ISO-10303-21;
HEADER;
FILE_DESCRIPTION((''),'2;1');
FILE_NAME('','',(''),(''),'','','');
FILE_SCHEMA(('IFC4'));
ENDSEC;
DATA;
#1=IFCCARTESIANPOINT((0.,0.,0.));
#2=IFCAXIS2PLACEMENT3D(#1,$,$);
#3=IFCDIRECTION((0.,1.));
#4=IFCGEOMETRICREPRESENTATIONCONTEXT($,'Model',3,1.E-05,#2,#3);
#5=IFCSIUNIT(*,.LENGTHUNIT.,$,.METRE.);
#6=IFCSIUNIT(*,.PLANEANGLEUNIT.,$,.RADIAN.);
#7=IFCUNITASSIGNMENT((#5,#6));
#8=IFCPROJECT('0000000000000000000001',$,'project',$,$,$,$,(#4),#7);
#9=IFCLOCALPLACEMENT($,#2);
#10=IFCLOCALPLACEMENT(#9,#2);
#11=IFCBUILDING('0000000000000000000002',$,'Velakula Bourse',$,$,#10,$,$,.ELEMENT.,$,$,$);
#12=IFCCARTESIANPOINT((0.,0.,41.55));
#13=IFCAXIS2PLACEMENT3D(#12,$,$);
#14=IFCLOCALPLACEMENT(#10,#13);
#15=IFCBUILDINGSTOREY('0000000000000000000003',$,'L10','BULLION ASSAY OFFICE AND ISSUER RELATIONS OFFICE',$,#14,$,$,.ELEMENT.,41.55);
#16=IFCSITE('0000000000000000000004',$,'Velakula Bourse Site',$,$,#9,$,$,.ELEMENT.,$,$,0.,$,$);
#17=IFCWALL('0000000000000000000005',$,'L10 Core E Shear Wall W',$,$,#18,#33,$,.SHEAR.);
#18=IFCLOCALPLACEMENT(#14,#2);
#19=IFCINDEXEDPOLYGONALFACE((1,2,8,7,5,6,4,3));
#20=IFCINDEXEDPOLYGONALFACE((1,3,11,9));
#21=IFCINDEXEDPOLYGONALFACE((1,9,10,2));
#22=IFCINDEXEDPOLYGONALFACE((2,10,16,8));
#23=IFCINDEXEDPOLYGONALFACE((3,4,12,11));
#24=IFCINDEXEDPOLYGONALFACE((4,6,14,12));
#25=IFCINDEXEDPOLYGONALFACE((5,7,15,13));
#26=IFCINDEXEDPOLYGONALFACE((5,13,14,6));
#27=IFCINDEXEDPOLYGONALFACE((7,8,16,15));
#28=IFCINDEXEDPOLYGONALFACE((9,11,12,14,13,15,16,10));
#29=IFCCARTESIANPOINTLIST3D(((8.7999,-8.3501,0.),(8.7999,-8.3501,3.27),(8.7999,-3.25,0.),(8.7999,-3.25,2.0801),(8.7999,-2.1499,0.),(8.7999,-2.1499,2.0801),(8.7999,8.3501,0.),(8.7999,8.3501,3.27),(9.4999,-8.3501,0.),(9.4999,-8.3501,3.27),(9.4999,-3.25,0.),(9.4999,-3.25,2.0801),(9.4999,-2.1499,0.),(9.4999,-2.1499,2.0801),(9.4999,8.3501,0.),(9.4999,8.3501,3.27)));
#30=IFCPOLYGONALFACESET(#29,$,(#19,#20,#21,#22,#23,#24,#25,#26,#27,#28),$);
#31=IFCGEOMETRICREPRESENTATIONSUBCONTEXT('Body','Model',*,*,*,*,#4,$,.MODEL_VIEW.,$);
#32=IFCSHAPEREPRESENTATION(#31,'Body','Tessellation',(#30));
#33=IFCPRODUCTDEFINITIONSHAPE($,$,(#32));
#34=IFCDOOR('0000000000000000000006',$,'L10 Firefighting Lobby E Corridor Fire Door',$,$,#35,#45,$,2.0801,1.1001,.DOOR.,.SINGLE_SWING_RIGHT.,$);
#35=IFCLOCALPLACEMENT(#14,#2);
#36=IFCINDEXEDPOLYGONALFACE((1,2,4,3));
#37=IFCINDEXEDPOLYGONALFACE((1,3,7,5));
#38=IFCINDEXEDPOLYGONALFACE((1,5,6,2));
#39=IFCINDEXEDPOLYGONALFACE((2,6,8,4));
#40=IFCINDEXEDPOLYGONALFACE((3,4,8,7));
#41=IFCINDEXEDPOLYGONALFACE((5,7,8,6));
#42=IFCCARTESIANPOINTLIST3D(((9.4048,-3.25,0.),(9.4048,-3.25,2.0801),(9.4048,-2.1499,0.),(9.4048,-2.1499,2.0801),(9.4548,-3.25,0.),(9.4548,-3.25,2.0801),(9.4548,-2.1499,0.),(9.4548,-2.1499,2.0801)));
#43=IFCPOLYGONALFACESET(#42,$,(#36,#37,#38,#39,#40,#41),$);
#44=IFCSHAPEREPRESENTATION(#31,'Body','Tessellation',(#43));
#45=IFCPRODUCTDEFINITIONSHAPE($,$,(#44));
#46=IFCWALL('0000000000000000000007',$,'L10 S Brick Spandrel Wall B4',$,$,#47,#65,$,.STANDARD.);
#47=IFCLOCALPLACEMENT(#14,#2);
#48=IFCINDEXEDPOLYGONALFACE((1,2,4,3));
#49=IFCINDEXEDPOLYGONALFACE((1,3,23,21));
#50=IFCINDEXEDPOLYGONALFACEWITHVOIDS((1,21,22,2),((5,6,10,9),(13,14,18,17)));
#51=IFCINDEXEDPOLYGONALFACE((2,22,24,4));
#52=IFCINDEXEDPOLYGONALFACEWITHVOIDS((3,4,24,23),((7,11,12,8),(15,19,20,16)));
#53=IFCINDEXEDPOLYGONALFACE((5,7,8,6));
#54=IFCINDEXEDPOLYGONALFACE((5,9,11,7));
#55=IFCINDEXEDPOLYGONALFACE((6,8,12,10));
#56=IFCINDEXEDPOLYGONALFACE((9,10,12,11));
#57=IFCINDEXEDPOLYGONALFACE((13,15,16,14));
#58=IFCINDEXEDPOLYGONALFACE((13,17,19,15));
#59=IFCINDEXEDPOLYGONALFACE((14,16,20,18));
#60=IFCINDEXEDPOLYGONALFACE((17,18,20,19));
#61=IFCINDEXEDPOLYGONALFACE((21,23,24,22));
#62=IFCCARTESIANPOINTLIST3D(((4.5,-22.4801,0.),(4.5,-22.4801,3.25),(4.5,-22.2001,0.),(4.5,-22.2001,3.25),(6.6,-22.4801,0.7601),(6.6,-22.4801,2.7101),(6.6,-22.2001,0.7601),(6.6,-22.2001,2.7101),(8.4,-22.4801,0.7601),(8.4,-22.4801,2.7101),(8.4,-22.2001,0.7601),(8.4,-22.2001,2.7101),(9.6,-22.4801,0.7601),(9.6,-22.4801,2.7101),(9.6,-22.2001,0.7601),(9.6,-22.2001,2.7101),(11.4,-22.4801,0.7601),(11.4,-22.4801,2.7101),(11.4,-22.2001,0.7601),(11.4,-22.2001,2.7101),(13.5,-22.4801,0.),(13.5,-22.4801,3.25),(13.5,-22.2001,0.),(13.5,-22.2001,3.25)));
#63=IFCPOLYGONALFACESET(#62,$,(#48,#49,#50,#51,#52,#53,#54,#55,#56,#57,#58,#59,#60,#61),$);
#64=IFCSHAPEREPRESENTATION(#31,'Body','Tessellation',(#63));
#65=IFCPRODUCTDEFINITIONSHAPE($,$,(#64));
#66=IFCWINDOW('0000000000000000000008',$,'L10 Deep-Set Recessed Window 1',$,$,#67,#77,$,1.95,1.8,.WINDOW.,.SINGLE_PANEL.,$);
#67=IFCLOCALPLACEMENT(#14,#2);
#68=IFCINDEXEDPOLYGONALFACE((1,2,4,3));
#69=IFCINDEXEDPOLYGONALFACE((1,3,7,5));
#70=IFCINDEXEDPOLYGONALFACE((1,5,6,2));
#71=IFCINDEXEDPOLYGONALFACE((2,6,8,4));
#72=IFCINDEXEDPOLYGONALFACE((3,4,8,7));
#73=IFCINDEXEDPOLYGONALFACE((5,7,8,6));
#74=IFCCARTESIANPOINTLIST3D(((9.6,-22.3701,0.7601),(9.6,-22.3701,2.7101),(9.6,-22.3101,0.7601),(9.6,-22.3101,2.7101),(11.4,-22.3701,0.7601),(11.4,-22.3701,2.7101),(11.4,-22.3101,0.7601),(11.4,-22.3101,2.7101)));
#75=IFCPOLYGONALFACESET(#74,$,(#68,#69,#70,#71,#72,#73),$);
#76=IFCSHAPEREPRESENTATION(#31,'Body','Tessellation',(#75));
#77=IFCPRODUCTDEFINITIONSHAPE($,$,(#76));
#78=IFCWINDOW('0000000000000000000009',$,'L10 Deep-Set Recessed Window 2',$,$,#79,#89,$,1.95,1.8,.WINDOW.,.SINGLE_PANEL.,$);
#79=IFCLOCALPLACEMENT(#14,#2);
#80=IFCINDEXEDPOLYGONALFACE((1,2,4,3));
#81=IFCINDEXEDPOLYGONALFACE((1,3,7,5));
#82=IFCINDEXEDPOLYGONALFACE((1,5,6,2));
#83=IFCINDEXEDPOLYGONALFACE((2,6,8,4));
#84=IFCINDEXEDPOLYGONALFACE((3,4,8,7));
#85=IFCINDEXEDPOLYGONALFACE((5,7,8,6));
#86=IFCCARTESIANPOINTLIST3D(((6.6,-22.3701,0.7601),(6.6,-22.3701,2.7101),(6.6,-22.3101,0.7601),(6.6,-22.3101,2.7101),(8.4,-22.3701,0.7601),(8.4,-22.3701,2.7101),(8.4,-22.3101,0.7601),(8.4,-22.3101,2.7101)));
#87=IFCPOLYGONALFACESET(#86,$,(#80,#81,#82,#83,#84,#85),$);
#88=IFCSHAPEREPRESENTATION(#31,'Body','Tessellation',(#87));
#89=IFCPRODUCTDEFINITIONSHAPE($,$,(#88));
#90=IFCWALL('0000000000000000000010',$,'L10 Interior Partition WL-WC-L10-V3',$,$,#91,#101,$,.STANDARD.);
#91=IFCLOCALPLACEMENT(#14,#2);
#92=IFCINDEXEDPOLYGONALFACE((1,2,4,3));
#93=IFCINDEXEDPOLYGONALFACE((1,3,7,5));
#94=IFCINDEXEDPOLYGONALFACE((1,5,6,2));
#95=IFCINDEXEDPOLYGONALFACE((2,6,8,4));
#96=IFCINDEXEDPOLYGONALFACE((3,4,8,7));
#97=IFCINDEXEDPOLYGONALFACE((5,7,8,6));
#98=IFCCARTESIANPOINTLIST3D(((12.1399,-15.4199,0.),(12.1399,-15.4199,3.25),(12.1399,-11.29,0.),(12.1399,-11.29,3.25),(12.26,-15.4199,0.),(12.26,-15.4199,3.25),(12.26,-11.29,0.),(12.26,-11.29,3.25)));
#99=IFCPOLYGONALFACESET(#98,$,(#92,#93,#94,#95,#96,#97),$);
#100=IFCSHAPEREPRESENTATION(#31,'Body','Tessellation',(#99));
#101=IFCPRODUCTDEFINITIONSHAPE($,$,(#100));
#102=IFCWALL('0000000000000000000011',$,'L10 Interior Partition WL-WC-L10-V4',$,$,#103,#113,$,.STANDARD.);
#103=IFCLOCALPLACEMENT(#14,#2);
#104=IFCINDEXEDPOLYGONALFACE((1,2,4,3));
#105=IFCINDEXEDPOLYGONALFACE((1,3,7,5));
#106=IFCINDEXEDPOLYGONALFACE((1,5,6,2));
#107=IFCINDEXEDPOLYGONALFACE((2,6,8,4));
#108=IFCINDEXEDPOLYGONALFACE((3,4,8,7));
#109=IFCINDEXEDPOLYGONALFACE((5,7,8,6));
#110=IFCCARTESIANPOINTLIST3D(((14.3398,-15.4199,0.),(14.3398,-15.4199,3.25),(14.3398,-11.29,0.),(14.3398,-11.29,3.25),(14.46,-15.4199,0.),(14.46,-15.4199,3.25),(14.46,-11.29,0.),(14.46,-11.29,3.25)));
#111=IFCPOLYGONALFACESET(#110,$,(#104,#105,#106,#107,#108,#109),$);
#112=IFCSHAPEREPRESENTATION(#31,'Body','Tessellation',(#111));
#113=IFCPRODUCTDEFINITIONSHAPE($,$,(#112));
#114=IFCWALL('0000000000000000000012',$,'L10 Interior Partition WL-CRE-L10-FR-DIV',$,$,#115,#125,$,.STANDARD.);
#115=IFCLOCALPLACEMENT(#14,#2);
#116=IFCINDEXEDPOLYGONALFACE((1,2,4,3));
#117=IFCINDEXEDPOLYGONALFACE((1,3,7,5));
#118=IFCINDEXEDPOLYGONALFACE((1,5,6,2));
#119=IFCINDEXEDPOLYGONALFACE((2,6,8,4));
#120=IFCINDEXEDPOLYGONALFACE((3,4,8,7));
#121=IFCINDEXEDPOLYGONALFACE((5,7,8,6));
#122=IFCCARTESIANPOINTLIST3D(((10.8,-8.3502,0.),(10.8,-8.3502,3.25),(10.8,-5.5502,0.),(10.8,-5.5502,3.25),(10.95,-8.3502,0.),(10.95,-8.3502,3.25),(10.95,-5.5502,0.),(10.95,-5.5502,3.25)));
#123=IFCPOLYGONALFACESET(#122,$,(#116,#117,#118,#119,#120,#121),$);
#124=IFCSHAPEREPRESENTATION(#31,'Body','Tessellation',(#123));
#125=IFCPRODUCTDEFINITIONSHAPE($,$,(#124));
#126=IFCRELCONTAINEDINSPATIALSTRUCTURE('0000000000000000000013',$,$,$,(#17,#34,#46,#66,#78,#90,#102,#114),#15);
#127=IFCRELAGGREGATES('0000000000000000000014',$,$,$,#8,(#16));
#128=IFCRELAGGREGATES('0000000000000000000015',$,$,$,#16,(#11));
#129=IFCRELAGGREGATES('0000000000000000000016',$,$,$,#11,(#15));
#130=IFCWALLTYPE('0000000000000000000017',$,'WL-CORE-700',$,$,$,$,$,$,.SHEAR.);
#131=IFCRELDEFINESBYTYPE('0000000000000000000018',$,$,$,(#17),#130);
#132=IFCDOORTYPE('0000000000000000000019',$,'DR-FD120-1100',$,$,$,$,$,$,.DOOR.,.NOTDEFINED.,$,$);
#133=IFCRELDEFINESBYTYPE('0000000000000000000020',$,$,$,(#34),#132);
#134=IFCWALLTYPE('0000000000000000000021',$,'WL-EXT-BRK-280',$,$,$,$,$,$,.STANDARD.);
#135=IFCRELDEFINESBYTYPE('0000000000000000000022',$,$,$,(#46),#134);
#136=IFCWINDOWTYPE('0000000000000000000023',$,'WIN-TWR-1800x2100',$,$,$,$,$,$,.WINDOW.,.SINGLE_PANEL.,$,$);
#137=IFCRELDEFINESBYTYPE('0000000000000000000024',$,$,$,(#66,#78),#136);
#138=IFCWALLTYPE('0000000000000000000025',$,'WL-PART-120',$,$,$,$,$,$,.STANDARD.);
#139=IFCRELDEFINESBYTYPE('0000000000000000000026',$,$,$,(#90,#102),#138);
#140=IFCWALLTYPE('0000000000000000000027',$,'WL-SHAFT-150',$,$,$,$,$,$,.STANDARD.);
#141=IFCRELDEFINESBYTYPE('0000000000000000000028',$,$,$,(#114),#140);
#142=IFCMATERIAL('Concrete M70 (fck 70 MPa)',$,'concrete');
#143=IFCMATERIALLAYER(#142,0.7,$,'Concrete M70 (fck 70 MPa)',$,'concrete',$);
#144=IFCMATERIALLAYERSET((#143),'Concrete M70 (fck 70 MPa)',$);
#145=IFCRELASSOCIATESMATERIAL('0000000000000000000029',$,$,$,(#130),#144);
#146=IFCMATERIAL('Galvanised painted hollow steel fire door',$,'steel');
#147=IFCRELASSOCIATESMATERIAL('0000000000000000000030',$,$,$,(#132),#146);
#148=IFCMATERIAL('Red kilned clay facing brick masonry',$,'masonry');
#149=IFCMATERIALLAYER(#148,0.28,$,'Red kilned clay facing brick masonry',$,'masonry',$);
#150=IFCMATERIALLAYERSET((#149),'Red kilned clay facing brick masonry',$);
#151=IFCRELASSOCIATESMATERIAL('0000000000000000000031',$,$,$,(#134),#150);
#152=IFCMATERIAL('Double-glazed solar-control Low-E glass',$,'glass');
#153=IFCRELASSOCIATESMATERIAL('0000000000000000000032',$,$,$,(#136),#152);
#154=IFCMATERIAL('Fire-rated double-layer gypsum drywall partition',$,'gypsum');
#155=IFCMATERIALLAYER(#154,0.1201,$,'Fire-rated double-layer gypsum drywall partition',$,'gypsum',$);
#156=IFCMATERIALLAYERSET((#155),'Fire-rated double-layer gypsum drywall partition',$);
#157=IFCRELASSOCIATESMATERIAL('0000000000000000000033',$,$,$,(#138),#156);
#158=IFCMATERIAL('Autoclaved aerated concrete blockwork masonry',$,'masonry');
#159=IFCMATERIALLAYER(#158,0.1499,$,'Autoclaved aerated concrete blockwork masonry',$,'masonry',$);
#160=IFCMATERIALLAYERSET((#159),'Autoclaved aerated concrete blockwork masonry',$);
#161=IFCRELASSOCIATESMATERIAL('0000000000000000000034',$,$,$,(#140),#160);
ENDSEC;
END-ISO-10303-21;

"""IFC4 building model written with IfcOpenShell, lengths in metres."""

from ifc_helpers import new_model, si_unit, direction, frame, frame_2d, origin, place, context, subcontext, project, spatial, rectangle, extrude, material, layer, layer_set, type_object, element, fill, save


model = new_model("IFC4")

# Units and contexts
model_context = context("Model", 3, precision=1e-05, world=origin(), true_north=direction((0.0, 1.0)))
body_context = subcontext(model_context, "Body", "Model", "MODEL_VIEW")
ifc_project = project(units=[si_unit("LENGTHUNIT", "METRE"), si_unit("PLANEANGLEUNIT", "RADIAN")], contexts=[model_context])

# Site, building, storey
site_placement = place(None, origin())
site = spatial("IfcSite", under=ifc_project, at=site_placement, Name="Velakula Bourse Site", CompositionType="ELEMENT", RefElevation=0.0)
building_placement = place(site_placement, origin())
building = spatial("IfcBuilding", under=site, at=building_placement, Name="Velakula Bourse", CompositionType="ELEMENT")
storey_placement = place(building_placement, frame((0.0, 0.0, 41.55)))
storey = spatial("IfcBuildingStorey", under=building, at=storey_placement, Name="L10", Description="BULLION ASSAY OFFICE AND ISSUER RELATIONS OFFICE", CompositionType="ELEMENT", Elevation=41.55)

# Shared definitions
ifc_material_1 = material(Name="Galvanised painted hollow steel fire door", Category="steel")

# Wall, opening, door
ifc_material_2 = material(Name="Concrete M70 (fck 70 MPa)", Category="concrete")
ifc_layer_1 = layer(ifc_material_2, 0.7, Name="Concrete M70 (fck 70 MPa)", Category="concrete")
ifc_layer_set_1 = layer_set([ifc_layer_1], Name="Concrete M70 (fck 70 MPa)")
wall_type_1 = type_object("IfcWallType", Name="WL-CORE-700", PredefinedType="SHEAR", material=ifc_layer_set_1)
wall_1_placement = place(storey_placement, frame((9.1499, -8.3501, 0.0), z_axis=(0.0, 0.0, 1.0), x_axis=(0.0, 1.0, 0.0)))
wall_1 = element("IfcWall", 1, at=wall_1_placement, inside=storey, type_object=wall_type_1, Name="L10 Core E Shear Wall W", PredefinedType="SHEAR", context=body_context, shape_type="SweptSolid", body=[
    extrude(rectangle(XDim=16.7002, YDim=0.7, at=frame_2d((8.3501, 0.0))), origin(), (0.0, 0.0, 1.0), 3.27),
])
opening_1_placement = place(wall_1_placement, frame((5.1001, 0.0, 0.0)))
opening_1 = element("IfcOpeningElement", 2, at=opening_1_placement, cuts=wall_1, PredefinedType="OPENING", context=body_context, shape_type="SweptSolid", body=[
    extrude(rectangle(XDim=1.1001, YDim=2.0801, at=frame_2d((0.55, 1.04))), frame((0.0, 0.3599, 0.0), z_axis=(0.0, -1.0, 0.0), x_axis=(1.0, 0.0, 0.0)), (0.0, 0.0, 1.0), 0.72),
])
door_type_1 = type_object("IfcDoorType", Name="DR-FD120-1100", OperationType="NOTDEFINED", PredefinedType="DOOR", material=ifc_material_1)
door_1_placement = place(opening_1_placement, origin())
door_1 = element("IfcDoor", 3, at=door_1_placement, inside=storey, type_object=door_type_1, Name="L10 Firefighting Lobby E Corridor Fire Door", OperationType="SINGLE_SWING_RIGHT", OverallHeight=2.0801, OverallWidth=1.1001, PredefinedType="DOOR", context=body_context, shape_type="SweptSolid", body=[
    extrude(rectangle(XDim=1.1001, YDim=2.0801, at=frame_2d((0.55, 1.04))), frame((0.0, -0.2549, 0.0), z_axis=(0.0, -1.0, 0.0), x_axis=(1.0, 0.0, 0.0)), (0.0, 0.0, 1.0), 0.05),
])
fill(opening_1, door_1)

# Wall, openings, windows
ifc_material_3 = material(Name="Red kilned clay facing brick masonry", Category="masonry")
ifc_layer_2 = layer(ifc_material_3, 0.28, Name="Red kilned clay facing brick masonry", Category="masonry")
ifc_layer_set_2 = layer_set([ifc_layer_2], Name="Red kilned clay facing brick masonry")
wall_type_2 = type_object("IfcWallType", Name="WL-EXT-BRK-280", PredefinedType="STANDARD", material=ifc_layer_set_2)
wall_2_placement = place(storey_placement, frame((13.5, -22.3401, 0.0), z_axis=(0.0, 0.0, 1.0), x_axis=(-1.0, 0.0, 0.0)))
wall_2 = element("IfcWall", 4, at=wall_2_placement, inside=storey, type_object=wall_type_2, Name="L10 S Brick Spandrel Wall B4", PredefinedType="STANDARD", context=body_context, shape_type="SweptSolid", body=[
    extrude(rectangle(XDim=9.0, YDim=0.28, at=frame_2d((4.5, 0.0))), origin(), (0.0, 0.0, 1.0), 3.25),
])
opening_2_placement = place(wall_2_placement, frame((2.1001, 0.0, 0.76)))
opening_2 = element("IfcOpeningElement", 5, at=opening_2_placement, cuts=wall_2, PredefinedType="OPENING", context=body_context, shape_type="SweptSolid", body=[
    extrude(rectangle(XDim=1.8, YDim=1.95, at=frame_2d((0.8999, 0.9751))), frame((0.0, 0.1499, 0.0), z_axis=(0.0, -1.0, 0.0), x_axis=(1.0, 0.0, 0.0)), (0.0, 0.0, 1.0), 0.3),
])
opening_3_placement = place(wall_2_placement, frame((5.1001, 0.0, 0.76)))
opening_3 = element("IfcOpeningElement", 6, at=opening_3_placement, cuts=wall_2, PredefinedType="OPENING", context=body_context, shape_type="SweptSolid", body=[
    extrude(rectangle(XDim=1.8, YDim=1.95, at=frame_2d((0.8999, 0.9751))), frame((0.0, 0.1499, 0.0), z_axis=(0.0, -1.0, 0.0), x_axis=(1.0, 0.0, 0.0)), (0.0, 0.0, 1.0), 0.3),
])
ifc_material_4 = material(Name="Double-glazed solar-control Low-E glass", Category="glass")
window_type = type_object("IfcWindowType", Name="WIN-TWR-1800x2100", PartitioningType="SINGLE_PANEL", PredefinedType="WINDOW", material=ifc_material_4)
window_1_placement = place(opening_2_placement, origin())
window_1 = element("IfcWindow", 7, at=window_1_placement, inside=storey, type_object=window_type, Name="L10 Deep-Set Recessed Window 1", OverallHeight=1.95, OverallWidth=1.8, PartitioningType="SINGLE_PANEL", PredefinedType="WINDOW", context=body_context, shape_type="SweptSolid", body=[
    extrude(rectangle(XDim=1.8, YDim=1.95, at=frame_2d((0.8999, 0.9751))), frame((0.0, 0.03, 0.0), z_axis=(0.0, -1.0, 0.0), x_axis=(1.0, 0.0, 0.0)), (0.0, 0.0, 1.0), 0.0601),
])
fill(opening_2, window_1)
window_2_placement = place(opening_3_placement, origin())
window_2 = element("IfcWindow", 8, at=window_2_placement, inside=storey, type_object=window_type, Name="L10 Deep-Set Recessed Window 2", OverallHeight=1.95, OverallWidth=1.8, PartitioningType="SINGLE_PANEL", PredefinedType="WINDOW", context=body_context, shape_type="SweptSolid", body=[
    extrude(rectangle(XDim=1.8, YDim=1.95, at=frame_2d((0.8999, 0.9751))), frame((0.0, 0.03, 0.0), z_axis=(0.0, -1.0, 0.0), x_axis=(1.0, 0.0, 0.0)), (0.0, 0.0, 1.0), 0.0601),
])
fill(opening_3, window_2)

# Walls
ifc_material_5 = material(Name="Fire-rated double-layer gypsum drywall partition", Category="gypsum")
ifc_layer_3 = layer(ifc_material_5, 0.1201, Name="Fire-rated double-layer gypsum drywall partition", Category="gypsum")
ifc_layer_set_3 = layer_set([ifc_layer_3], Name="Fire-rated double-layer gypsum drywall partition")
wall_type_3 = type_object("IfcWallType", Name="WL-PART-120", PredefinedType="STANDARD", material=ifc_layer_set_3)
for number, where, z_axis, x_axis, name in (
    (9, (12.2, -15.4199, 0.0), (0.0, 0.0, 1.0), (0.0, 1.0, 0.0), "L10 Interior Partition WL-WC-L10-V3"),
    (10, (14.3999, -15.4199, 0.0), (0.0, 0.0, 1.0), (0.0, 1.0, 0.0), "L10 Interior Partition WL-WC-L10-V4"),
):
    element("IfcWall", number, at=place(storey_placement, frame(where, z_axis=z_axis, x_axis=x_axis)), inside=storey, type_object=wall_type_3, Name=name, PredefinedType="STANDARD", context=body_context, shape_type="SweptSolid", body=[
        extrude(rectangle(XDim=4.1299, YDim=0.1201, at=frame_2d((2.0649, 0.0))), origin(), (0.0, 0.0, 1.0), 3.25),
    ])

# Shared definitions
ifc_material_6 = material(Name="Autoclaved aerated concrete blockwork masonry", Category="masonry")
ifc_layer_4 = layer(ifc_material_6, 0.1499, Name="Autoclaved aerated concrete blockwork masonry", Category="masonry")
ifc_layer_set_4 = layer_set([ifc_layer_4], Name="Autoclaved aerated concrete blockwork masonry")
wall_type_4 = type_object("IfcWallType", Name="WL-SHAFT-150", PredefinedType="STANDARD", material=ifc_layer_set_4)

# Wall
wall_3_placement = place(storey_placement, frame((10.875, -8.3501, 0.0), z_axis=(0.0, 0.0, 1.0), x_axis=(0.0, 1.0, 0.0)))
element("IfcWall", 11, at=wall_3_placement, inside=storey, type_object=wall_type_4, Name="L10 Interior Partition WL-CRE-L10-FR-DIV", PredefinedType="STANDARD", context=body_context, shape_type="SweptSolid", body=[
    extrude(rectangle(XDim=2.8, YDim=0.1499, at=frame_2d((1.3999, 0.0))), origin(), (0.0, 0.0, 1.0), 3.25),
])

save(model, "model.ifc")
